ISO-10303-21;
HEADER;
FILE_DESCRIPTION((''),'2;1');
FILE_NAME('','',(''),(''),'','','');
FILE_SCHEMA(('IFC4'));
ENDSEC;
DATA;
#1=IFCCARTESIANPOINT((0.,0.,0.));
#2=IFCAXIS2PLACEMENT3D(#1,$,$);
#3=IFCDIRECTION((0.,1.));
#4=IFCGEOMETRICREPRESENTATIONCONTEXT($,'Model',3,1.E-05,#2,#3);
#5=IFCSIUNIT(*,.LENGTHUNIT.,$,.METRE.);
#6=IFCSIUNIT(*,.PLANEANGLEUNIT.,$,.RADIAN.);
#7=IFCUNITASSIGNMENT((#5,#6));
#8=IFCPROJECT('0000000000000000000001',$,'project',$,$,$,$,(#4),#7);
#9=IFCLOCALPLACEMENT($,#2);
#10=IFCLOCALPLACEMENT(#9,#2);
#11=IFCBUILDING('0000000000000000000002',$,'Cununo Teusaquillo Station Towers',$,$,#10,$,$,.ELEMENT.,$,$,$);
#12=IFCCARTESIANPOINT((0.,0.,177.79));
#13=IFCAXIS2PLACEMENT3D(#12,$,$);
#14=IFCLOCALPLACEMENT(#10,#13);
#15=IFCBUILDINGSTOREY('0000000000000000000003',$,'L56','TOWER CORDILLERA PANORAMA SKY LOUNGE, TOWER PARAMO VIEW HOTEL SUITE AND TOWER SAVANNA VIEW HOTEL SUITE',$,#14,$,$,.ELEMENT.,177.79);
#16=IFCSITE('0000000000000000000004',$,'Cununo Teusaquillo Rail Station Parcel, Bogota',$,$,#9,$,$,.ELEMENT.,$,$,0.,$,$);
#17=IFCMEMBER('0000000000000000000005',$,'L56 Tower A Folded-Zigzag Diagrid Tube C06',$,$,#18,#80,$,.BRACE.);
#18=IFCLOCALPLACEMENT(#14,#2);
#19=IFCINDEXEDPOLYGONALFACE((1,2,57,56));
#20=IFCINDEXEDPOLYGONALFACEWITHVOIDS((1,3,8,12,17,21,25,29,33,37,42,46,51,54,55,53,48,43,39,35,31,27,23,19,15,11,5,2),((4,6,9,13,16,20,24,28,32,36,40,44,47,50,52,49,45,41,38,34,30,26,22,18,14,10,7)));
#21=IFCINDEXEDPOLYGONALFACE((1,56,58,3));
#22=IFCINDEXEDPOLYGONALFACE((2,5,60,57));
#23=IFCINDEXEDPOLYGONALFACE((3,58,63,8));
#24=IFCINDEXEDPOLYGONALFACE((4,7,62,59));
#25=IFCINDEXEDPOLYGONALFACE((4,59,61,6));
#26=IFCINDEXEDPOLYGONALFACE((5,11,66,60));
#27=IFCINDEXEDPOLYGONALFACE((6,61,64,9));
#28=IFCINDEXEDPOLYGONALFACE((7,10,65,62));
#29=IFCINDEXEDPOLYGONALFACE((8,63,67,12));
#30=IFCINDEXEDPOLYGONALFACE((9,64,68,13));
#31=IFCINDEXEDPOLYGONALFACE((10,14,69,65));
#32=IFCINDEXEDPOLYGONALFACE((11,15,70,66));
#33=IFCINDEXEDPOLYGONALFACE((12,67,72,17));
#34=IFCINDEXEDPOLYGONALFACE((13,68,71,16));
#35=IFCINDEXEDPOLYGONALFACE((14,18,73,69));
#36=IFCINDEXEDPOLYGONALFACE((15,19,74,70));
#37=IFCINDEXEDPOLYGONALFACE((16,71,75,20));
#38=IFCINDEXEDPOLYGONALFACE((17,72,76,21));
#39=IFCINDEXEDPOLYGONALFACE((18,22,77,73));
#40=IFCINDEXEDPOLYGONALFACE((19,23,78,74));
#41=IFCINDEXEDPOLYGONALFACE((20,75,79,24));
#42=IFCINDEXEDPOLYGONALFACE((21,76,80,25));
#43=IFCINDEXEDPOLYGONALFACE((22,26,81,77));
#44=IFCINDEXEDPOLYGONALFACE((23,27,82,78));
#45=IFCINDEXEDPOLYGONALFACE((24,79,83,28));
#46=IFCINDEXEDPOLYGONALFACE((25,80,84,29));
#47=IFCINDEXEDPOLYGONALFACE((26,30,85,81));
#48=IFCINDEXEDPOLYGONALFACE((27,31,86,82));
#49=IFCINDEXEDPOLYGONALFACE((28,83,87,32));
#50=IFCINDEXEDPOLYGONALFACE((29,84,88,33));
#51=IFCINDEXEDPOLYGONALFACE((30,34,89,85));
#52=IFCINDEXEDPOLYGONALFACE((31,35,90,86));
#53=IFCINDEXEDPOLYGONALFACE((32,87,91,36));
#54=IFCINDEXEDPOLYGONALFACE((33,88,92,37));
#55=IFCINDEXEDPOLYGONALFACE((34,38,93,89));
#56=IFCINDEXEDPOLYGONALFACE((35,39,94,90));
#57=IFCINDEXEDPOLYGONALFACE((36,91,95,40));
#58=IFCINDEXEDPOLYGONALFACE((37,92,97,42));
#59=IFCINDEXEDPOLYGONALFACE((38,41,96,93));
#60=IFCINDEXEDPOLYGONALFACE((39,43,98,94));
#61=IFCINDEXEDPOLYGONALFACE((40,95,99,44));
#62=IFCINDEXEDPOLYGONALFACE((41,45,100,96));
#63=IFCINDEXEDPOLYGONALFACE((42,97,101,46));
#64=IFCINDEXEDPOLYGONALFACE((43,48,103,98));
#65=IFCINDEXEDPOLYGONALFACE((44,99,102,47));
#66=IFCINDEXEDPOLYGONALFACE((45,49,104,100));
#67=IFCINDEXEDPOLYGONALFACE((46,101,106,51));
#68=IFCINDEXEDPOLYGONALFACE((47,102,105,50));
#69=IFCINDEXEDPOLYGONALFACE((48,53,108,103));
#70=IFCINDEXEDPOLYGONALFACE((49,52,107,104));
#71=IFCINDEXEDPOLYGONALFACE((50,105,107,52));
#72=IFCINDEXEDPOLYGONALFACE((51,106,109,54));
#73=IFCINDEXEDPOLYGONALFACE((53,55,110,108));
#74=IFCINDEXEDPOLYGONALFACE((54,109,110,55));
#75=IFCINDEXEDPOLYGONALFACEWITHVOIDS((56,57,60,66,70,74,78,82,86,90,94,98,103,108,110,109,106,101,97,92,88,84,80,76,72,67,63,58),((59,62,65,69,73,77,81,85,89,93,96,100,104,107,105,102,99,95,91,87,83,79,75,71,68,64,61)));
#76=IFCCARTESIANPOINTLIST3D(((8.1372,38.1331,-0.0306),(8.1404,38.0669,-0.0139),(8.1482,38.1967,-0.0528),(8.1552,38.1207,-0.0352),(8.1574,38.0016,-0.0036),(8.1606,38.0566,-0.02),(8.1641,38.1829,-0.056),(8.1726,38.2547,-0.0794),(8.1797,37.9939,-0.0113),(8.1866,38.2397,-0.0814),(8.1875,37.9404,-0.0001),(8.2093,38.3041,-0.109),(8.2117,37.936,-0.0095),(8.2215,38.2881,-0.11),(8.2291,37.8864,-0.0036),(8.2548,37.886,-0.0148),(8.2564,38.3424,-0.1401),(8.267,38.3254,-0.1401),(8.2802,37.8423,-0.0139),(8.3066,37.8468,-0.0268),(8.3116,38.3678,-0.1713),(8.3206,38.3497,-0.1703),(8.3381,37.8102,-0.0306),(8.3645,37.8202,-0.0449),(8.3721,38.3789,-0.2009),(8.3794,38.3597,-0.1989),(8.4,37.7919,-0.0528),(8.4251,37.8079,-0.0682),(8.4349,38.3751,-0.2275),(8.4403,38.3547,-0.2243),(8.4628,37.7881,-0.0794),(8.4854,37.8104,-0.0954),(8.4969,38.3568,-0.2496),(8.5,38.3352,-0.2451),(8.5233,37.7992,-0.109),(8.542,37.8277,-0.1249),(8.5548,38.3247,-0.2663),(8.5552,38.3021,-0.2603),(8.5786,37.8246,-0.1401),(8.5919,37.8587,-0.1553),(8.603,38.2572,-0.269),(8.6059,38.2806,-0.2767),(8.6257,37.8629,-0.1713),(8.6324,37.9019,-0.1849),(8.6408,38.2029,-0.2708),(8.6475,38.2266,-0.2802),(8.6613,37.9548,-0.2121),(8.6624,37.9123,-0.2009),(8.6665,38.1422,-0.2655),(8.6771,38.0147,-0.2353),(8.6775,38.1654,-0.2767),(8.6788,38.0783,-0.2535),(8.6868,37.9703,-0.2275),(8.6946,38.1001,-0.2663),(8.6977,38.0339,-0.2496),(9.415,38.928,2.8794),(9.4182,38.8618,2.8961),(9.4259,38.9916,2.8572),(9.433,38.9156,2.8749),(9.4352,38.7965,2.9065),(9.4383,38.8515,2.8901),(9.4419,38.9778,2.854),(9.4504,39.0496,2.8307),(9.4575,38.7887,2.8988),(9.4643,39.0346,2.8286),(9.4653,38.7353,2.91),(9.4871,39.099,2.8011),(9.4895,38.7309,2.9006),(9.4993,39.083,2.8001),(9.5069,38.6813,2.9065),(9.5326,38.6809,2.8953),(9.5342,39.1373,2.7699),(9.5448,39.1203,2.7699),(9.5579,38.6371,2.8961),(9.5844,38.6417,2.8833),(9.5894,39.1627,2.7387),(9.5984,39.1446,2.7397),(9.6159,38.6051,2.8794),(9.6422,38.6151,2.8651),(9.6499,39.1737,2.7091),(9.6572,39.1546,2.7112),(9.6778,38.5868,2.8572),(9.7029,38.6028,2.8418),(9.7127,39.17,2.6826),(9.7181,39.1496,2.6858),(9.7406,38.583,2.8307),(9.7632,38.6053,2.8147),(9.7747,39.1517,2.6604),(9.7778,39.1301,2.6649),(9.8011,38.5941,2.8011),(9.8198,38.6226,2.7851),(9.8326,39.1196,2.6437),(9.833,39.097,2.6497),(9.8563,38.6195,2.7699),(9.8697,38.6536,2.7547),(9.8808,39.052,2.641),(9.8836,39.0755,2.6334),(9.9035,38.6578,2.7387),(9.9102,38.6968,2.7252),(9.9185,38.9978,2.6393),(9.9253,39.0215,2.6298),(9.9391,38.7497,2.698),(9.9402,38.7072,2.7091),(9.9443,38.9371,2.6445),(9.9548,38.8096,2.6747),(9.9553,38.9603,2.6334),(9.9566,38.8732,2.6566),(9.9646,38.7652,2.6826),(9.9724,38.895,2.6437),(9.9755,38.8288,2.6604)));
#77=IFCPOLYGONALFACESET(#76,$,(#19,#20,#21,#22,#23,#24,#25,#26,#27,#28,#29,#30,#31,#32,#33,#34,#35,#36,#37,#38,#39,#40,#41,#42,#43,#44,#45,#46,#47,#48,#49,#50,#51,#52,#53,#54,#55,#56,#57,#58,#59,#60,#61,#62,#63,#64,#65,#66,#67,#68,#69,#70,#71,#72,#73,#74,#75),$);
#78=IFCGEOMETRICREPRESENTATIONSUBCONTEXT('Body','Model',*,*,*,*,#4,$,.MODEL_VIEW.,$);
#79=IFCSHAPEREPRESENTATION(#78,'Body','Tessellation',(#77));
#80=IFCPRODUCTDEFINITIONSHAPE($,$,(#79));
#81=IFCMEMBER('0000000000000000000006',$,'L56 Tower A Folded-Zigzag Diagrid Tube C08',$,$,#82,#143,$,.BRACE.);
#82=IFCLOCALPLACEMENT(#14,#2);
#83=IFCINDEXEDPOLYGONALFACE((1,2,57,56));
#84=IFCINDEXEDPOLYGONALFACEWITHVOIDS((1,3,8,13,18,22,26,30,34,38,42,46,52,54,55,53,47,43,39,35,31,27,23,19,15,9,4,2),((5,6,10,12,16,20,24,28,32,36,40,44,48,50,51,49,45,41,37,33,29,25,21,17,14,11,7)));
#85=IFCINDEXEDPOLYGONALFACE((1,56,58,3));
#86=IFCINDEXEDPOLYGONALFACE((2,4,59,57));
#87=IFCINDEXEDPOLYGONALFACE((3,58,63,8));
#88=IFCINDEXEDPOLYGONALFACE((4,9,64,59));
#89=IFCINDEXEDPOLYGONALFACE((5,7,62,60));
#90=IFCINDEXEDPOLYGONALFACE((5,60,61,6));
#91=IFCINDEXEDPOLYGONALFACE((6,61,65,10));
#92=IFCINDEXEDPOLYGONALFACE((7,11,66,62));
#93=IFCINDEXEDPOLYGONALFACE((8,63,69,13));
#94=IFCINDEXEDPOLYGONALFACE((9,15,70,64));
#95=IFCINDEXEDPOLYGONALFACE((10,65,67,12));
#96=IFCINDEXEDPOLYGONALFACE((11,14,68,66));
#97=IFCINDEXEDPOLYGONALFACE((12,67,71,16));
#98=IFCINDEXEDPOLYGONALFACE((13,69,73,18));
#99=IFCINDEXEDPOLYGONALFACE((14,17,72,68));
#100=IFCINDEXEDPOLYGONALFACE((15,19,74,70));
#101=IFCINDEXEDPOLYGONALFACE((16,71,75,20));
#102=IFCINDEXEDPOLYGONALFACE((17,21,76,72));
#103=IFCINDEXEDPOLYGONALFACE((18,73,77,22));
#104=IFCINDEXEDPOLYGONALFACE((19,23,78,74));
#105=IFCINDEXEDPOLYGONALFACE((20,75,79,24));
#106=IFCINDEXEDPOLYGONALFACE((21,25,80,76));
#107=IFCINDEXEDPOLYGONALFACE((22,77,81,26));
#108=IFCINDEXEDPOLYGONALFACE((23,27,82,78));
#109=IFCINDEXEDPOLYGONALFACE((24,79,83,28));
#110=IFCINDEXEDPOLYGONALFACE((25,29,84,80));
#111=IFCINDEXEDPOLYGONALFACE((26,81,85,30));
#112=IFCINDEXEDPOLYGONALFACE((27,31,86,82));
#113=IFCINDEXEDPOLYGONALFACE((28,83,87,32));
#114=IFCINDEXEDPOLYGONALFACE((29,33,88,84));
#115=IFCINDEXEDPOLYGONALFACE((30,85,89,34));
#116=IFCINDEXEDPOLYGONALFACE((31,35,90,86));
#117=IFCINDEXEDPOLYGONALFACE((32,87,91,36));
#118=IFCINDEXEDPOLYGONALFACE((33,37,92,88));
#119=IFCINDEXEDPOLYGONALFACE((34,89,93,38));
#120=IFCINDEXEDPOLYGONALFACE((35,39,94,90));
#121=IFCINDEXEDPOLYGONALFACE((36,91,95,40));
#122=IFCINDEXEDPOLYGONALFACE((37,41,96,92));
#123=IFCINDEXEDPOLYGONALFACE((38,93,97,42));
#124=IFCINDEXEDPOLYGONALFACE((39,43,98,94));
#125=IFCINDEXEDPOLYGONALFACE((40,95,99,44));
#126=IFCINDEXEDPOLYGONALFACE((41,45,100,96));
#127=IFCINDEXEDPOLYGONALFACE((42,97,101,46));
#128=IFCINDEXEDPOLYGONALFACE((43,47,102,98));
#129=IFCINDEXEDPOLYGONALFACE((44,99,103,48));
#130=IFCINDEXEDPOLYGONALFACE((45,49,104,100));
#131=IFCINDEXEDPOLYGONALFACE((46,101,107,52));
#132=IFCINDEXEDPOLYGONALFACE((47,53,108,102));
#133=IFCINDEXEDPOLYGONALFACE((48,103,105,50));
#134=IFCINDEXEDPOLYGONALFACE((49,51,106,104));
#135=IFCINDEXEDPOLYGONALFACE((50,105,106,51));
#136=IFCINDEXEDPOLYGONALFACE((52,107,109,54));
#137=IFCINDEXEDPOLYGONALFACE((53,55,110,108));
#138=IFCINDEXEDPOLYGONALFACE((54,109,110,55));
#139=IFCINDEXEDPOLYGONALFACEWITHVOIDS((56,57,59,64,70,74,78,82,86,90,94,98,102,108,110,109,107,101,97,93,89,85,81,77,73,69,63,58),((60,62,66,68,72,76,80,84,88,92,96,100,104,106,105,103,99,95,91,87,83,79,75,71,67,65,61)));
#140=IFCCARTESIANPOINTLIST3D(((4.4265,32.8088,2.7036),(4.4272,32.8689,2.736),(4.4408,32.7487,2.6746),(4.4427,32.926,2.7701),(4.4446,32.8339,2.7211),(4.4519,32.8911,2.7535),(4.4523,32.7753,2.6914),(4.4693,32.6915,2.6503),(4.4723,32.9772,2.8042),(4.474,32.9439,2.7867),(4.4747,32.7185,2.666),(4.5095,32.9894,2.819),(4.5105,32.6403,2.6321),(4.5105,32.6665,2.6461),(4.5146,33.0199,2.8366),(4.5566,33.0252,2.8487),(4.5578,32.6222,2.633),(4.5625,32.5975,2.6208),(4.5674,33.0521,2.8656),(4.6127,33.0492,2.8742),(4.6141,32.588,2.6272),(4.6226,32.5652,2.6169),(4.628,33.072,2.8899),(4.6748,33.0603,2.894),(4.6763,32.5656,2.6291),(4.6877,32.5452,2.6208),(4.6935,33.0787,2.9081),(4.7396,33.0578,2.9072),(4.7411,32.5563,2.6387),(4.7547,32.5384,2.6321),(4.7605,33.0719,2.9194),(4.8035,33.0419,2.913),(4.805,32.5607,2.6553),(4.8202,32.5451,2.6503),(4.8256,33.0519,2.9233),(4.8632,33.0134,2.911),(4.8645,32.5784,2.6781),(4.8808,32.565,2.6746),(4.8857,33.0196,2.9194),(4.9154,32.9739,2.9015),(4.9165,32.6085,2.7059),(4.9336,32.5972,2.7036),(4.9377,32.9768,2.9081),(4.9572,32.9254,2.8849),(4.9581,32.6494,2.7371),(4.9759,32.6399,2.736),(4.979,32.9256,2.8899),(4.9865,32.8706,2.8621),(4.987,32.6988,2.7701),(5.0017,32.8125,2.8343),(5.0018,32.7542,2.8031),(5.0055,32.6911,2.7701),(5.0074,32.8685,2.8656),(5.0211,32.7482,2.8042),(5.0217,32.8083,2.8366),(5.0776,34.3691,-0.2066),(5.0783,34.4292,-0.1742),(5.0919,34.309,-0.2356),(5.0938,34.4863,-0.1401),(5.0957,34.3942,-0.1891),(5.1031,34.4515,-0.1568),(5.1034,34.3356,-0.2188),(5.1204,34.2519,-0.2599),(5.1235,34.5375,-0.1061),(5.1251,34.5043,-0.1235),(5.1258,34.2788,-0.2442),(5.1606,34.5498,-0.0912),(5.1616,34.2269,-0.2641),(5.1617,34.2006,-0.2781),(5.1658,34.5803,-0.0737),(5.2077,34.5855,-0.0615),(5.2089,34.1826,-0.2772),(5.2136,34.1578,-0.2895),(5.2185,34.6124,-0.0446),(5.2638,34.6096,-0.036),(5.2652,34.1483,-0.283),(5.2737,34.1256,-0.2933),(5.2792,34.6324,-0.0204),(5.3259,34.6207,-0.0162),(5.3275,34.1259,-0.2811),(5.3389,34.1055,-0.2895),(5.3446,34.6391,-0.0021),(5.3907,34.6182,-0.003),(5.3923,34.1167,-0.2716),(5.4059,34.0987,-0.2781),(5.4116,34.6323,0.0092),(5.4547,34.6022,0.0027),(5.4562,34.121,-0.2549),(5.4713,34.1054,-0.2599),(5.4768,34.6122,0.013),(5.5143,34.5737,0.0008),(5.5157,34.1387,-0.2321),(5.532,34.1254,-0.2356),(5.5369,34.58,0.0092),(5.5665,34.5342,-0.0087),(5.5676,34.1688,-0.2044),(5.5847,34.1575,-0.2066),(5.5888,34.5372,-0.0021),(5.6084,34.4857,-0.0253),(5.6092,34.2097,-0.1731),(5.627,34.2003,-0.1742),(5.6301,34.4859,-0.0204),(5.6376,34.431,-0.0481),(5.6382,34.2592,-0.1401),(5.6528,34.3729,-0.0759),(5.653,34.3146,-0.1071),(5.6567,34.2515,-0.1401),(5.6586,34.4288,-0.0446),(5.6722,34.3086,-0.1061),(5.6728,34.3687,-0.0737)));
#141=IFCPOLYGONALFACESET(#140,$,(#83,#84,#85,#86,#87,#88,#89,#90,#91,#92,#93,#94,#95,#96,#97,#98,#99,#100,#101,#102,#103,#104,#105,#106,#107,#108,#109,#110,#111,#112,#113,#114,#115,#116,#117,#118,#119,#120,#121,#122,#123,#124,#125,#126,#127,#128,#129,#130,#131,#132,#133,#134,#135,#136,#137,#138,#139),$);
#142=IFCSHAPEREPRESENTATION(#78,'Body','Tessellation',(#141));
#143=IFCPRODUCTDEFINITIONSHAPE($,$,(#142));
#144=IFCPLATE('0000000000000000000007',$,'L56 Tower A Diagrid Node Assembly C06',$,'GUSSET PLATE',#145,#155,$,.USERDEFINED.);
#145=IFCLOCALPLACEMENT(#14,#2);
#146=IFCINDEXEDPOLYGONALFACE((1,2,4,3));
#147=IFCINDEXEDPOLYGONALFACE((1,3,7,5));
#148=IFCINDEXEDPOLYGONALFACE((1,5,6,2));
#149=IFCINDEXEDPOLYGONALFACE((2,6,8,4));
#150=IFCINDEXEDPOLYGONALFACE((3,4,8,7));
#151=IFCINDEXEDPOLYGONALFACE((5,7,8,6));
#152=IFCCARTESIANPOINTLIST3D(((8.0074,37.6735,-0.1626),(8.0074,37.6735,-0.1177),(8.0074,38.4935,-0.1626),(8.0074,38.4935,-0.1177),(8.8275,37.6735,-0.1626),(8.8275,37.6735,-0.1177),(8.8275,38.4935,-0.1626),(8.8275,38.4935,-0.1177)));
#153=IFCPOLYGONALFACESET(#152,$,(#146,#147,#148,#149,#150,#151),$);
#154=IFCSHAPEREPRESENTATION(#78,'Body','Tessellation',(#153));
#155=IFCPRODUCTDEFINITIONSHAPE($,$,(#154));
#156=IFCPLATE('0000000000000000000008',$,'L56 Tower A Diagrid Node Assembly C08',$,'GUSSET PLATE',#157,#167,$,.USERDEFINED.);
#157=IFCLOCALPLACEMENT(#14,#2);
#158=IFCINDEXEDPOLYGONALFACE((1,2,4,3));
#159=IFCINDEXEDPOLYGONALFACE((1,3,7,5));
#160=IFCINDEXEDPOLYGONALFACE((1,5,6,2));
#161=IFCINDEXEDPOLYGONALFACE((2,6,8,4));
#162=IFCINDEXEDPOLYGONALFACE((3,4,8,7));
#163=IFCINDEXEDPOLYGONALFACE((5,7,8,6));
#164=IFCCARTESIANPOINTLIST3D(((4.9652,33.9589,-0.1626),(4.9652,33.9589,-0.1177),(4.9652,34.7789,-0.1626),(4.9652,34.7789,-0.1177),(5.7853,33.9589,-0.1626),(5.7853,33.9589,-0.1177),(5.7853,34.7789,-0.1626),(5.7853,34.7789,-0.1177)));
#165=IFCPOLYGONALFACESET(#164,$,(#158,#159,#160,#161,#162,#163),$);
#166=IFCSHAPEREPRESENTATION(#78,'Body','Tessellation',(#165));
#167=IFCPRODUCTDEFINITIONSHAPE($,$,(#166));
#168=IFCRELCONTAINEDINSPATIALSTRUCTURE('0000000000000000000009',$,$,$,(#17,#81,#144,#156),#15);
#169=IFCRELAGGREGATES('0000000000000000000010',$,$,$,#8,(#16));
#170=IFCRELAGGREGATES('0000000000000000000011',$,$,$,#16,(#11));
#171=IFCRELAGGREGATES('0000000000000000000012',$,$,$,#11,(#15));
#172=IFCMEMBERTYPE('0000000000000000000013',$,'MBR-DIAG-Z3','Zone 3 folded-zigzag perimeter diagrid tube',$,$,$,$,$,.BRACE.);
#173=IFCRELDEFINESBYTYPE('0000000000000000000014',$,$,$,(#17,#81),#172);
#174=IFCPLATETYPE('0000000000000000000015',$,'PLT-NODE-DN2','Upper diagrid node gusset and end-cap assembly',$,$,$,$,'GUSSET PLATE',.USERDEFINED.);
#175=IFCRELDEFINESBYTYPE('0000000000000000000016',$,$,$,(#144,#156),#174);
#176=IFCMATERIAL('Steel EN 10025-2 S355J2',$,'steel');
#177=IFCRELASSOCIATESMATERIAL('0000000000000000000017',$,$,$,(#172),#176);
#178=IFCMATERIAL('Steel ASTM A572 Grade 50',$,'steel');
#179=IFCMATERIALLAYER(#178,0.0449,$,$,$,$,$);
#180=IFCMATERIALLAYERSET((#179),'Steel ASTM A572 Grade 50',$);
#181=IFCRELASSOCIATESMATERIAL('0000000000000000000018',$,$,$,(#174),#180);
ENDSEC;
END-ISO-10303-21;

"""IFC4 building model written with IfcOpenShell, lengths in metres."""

from ifc_helpers import new_model, si_unit, direction, frame, origin, origin_2d, place, context, subcontext, project, spatial, rectangle, hollow_circle, extrude, source, transform, mapped, material, layer, layer_set, material_profile, profile_set, type_object, element, save


model = new_model("IFC4")

# Units and contexts
model_context = context("Model", 3, precision=1e-05, world=origin(), true_north=direction((0.0, 1.0)))
body_context = subcontext(model_context, "Body", "Model", "MODEL_VIEW")
ifc_project = project(units=[si_unit("LENGTHUNIT", "METRE"), si_unit("PLANEANGLEUNIT", "RADIAN")], contexts=[model_context])

# Site, building, storey
site_placement = place(None, origin())
site = spatial("IfcSite", under=ifc_project, at=site_placement, Name="Cununo Teusaquillo Rail Station Parcel, Bogota", CompositionType="ELEMENT", RefElevation=0.0)
building_placement = place(site_placement, origin())
building = spatial("IfcBuilding", under=site, at=building_placement, Name="Cununo Teusaquillo Station Towers", CompositionType="ELEMENT")
storey_placement = place(building_placement, frame((0.0, 0.0, 177.79)))
storey = spatial("IfcBuildingStorey", under=building, at=storey_placement, Name="L56", Description="TOWER CORDILLERA PANORAMA SKY LOUNGE, TOWER PARAMO VIEW HOTEL SUITE AND TOWER SAVANNA VIEW HOTEL SUITE", CompositionType="ELEMENT", Elevation=177.79)

# Members
ifc_material_1 = material(Name="Steel EN 10025-2 S355J2", Category="steel")
ifc_material_profile_1 = material_profile(ifc_material_1, hollow_circle(Radius=0.3049, WallThickness=0.02, at=origin_2d()), Name="CHS 610x20")
ifc_profile_set_1 = profile_set([ifc_material_profile_1], Name="Steel EN 10025-2 S355J2")
member_type = type_object("IfcMemberType", Name="MBR-DIAG-Z3", Description="Zone 3 folded-zigzag perimeter diagrid tube", PredefinedType="BRACE", material=ifc_profile_set_1)
member_1_placement = place(storey_placement, frame((8.4175, 38.0835, -0.1401), z_axis=(0.39003, 0.242632, 0.88826), x_axis=(-0.528219, 0.849108, 0.0)))
element("IfcMember", 1, at=member_1_placement, inside=storey, type_object=member_type, Name="L56 Tower A Folded-Zigzag Diagrid Tube C06", PredefinedType="BRACE", context=body_context, shape_type="SweptSolid", body=[
    extrude(hollow_circle(Radius=0.3049, WallThickness=0.02, at=origin_2d()), origin(), (0.0, 0.0, 1.0), 3.2761),
])
member_2_placement = place(storey_placement, frame((5.3752, 34.3689, -0.1401), z_axis=(-0.193462, -0.463598, 0.864667), x_axis=(0.922867, -0.385118, 0.0)))
element("IfcMember", 2, at=member_2_placement, inside=storey, type_object=member_type, Name="L56 Tower A Folded-Zigzag Diagrid Tube C08", PredefinedType="BRACE", context=body_context, shape_type="SweptSolid", body=[
    extrude(hollow_circle(Radius=0.3049, WallThickness=0.02, at=origin_2d()), origin(), (0.0, 0.0, 1.0), 3.3657),
])

# Plates
ifc_material_2 = material(Name="Steel ASTM A572 Grade 50", Category="steel")
ifc_layer_1 = layer(ifc_material_2, 0.0449)
ifc_layer_set_1 = layer_set([ifc_layer_1], Name="Steel ASTM A572 Grade 50")
plate_type = type_object("IfcPlateType", Name="PLT-NODE-DN2", Description="Upper diagrid node gusset and end-cap assembly", ElementType="GUSSET PLATE", PredefinedType="USERDEFINED", material=ifc_layer_set_1)
shared_shape_1 = source(origin(), body_context, "Body", "SweptSolid", [
    extrude(rectangle(XDim=0.8201, YDim=0.8201, at=origin_2d()), origin(), (0.0, 0.0, 1.0), 0.0449),
])
for number, where, z_axis, x_axis, name in (
    (3, (8.4175, 38.0835, -0.1626), (0.0, 0.0, 1.0), (1.0, 0.0, 0.0), "L56 Tower A Diagrid Node Assembly C06"),
    (4, (5.3752, 34.3689, -0.1626), (0.0, 0.0, 1.0), (1.0, 0.0, 0.0), "L56 Tower A Diagrid Node Assembly C08"),
):
    element("IfcPlate", number, at=place(storey_placement, frame(where, z_axis=z_axis, x_axis=x_axis)), inside=storey, type_object=plate_type, Name=name, ObjectType="GUSSET PLATE", PredefinedType="USERDEFINED", context=body_context, shape_type="MappedRepresentation", body=[
        mapped(shared_shape_1, transform((0.0, 0.0, 0.0), x_axis=(1.0, 0.0, 0.0), y_axis=(0.0, 1.0, 0.0), z_axis=(0.0, 0.0, 1.0), scale=1.0)),
    ])

save(model, "model.ifc")
